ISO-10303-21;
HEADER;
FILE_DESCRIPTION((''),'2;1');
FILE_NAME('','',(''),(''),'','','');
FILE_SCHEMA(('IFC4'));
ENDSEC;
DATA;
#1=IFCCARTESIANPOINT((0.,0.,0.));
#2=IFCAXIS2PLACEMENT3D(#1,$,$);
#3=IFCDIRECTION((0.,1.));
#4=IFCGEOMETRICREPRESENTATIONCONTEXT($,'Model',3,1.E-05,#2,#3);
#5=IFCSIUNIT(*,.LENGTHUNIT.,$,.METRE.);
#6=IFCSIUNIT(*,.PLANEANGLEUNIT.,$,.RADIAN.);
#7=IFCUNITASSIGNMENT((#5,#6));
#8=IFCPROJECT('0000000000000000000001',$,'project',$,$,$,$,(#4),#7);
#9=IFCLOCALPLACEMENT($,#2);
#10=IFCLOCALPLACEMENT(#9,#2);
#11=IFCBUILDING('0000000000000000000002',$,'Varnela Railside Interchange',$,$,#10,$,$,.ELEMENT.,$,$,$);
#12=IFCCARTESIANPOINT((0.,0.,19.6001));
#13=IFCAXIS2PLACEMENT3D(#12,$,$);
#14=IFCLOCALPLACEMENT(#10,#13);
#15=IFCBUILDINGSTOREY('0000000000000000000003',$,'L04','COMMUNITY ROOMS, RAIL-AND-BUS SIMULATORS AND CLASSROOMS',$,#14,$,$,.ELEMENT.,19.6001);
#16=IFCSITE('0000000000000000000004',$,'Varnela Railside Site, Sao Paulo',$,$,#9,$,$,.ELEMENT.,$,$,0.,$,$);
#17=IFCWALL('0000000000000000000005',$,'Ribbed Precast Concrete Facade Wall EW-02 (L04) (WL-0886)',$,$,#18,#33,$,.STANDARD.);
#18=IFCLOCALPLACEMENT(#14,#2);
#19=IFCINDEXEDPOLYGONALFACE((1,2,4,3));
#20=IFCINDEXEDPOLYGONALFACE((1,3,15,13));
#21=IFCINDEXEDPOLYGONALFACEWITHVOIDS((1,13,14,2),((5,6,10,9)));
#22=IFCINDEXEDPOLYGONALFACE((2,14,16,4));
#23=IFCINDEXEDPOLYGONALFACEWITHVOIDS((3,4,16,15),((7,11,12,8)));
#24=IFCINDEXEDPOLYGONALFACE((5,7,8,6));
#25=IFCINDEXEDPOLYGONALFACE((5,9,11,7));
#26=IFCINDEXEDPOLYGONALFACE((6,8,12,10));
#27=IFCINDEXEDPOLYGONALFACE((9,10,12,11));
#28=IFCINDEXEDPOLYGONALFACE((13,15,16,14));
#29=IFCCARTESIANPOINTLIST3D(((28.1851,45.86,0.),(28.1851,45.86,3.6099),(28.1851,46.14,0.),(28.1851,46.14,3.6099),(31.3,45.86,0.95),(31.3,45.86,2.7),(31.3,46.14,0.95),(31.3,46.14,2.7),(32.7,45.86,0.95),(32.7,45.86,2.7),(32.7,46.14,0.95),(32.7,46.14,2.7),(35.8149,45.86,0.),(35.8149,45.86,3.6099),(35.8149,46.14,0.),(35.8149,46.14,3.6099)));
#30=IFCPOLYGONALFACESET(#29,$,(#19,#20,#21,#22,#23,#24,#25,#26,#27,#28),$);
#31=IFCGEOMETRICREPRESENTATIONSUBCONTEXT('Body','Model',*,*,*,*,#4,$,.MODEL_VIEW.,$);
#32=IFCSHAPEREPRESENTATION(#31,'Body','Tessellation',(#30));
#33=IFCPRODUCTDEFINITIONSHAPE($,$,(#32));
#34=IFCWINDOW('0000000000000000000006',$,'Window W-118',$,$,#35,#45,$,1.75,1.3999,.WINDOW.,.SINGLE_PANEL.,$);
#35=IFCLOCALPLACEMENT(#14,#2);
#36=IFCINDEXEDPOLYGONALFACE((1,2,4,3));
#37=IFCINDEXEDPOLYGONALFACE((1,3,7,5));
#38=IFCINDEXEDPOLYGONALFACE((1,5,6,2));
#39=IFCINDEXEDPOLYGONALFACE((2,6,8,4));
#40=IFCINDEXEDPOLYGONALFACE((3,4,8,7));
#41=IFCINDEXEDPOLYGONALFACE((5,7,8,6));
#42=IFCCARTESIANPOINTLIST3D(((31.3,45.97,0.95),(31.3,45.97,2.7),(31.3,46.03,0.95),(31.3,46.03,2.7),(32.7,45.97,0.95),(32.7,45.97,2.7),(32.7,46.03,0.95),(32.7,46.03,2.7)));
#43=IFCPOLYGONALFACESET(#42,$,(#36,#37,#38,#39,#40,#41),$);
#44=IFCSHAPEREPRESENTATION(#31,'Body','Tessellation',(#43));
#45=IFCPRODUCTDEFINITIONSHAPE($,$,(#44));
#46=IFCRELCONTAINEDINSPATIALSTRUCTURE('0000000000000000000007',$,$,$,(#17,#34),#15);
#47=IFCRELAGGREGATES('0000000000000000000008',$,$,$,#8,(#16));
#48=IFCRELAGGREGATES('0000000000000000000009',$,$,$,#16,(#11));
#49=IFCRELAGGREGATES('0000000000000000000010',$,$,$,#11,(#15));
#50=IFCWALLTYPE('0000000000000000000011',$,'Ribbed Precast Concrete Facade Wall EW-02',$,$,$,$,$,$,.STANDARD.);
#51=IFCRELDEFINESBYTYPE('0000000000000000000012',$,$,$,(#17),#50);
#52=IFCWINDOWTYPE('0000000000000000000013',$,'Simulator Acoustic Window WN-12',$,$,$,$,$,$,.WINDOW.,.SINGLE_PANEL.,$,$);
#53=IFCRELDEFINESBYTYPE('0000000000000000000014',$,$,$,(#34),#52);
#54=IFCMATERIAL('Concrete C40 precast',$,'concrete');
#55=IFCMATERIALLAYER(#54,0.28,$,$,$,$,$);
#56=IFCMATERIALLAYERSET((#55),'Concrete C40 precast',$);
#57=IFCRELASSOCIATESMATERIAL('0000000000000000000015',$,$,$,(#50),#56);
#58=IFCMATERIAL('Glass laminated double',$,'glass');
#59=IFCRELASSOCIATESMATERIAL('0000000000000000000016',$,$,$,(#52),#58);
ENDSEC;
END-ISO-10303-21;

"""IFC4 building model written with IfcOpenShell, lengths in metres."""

from ifc_helpers import new_model, si_unit, direction, frame, frame_2d, origin, place, context, subcontext, project, spatial, rectangle, extrude, material, layer, layer_set, type_object, element, fill, save


model = new_model("IFC4")

# Units and contexts
model_context = context("Model", 3, precision=1e-05, world=origin(), true_north=direction((0.0, 1.0)))
body_context = subcontext(model_context, "Body", "Model", "MODEL_VIEW")
ifc_project = project(units=[si_unit("LENGTHUNIT", "METRE"), si_unit("PLANEANGLEUNIT", "RADIAN")], contexts=[model_context])

# Site, building, storey
site_placement = place(None, origin())
site = spatial("IfcSite", under=ifc_project, at=site_placement, Name="Varnela Railside Site, Sao Paulo", CompositionType="ELEMENT", RefElevation=0.0)
building_placement = place(site_placement, origin())
building = spatial("IfcBuilding", under=site, at=building_placement, Name="Varnela Railside Interchange", CompositionType="ELEMENT")
storey_placement = place(building_placement, frame((0.0, 0.0, 19.6001)))
storey = spatial("IfcBuildingStorey", under=building, at=storey_placement, Name="L04", Description="COMMUNITY ROOMS, RAIL-AND-BUS SIMULATORS AND CLASSROOMS", CompositionType="ELEMENT", Elevation=19.6001)

# Shared definitions
ifc_material_1 = material(Name="Glass laminated double", Category="glass")

# Wall, opening, window
ifc_material_2 = material(Name="Concrete C40 precast", Category="concrete")
ifc_layer_1 = layer(ifc_material_2, 0.28)
ifc_layer_set_1 = layer_set([ifc_layer_1], Name="Concrete C40 precast")
wall_type = type_object("IfcWallType", Name="Ribbed Precast Concrete Facade Wall EW-02", PredefinedType="STANDARD", material=ifc_layer_set_1)
wall_placement = place(storey_placement, frame((35.8149, 46.0, 0.0), z_axis=(0.0, 0.0, 1.0), x_axis=(-1.0, 0.0, 0.0)))
wall = element("IfcWall", 1, at=wall_placement, inside=storey, type_object=wall_type, Name="Ribbed Precast Concrete Facade Wall EW-02 (L04) (WL-0886)", PredefinedType="STANDARD", context=body_context, shape_type="SweptSolid", body=[
    extrude(rectangle(XDim=7.6299, YDim=0.28, at=frame_2d((3.8149, 0.0))), origin(), (0.0, 0.0, 1.0), 3.6099),
])
opening_placement = place(wall_placement, frame((3.115, 0.0, 0.95)))
opening = element("IfcOpeningElement", 2, at=opening_placement, cuts=wall, PredefinedType="OPENING", context=body_context, shape_type="SweptSolid", body=[
    extrude(rectangle(XDim=1.3999, YDim=1.75, at=frame_2d((0.7, 0.875))), frame((0.0, 0.1499, 0.0), z_axis=(0.0, -1.0, 0.0), x_axis=(1.0, 0.0, 0.0)), (0.0, 0.0, 1.0), 0.3),
])
window_type = type_object("IfcWindowType", Name="Simulator Acoustic Window WN-12", PartitioningType="SINGLE_PANEL", PredefinedType="WINDOW", material=ifc_material_1)
window_placement = place(opening_placement, origin())
window = element("IfcWindow", 3, at=window_placement, inside=storey, type_object=window_type, Name="Window W-118", OverallHeight=1.75, OverallWidth=1.3999, PartitioningType="SINGLE_PANEL", PredefinedType="WINDOW", context=body_context, shape_type="SweptSolid", body=[
    extrude(rectangle(XDim=1.3999, YDim=1.75, at=frame_2d((0.7, 0.875))), frame((0.0, 0.03, 0.0), z_axis=(0.0, -1.0, 0.0), x_axis=(1.0, 0.0, 0.0)), (0.0, 0.0, 1.0), 0.0601),
])
fill(opening, window)

save(model, "model.ifc")
